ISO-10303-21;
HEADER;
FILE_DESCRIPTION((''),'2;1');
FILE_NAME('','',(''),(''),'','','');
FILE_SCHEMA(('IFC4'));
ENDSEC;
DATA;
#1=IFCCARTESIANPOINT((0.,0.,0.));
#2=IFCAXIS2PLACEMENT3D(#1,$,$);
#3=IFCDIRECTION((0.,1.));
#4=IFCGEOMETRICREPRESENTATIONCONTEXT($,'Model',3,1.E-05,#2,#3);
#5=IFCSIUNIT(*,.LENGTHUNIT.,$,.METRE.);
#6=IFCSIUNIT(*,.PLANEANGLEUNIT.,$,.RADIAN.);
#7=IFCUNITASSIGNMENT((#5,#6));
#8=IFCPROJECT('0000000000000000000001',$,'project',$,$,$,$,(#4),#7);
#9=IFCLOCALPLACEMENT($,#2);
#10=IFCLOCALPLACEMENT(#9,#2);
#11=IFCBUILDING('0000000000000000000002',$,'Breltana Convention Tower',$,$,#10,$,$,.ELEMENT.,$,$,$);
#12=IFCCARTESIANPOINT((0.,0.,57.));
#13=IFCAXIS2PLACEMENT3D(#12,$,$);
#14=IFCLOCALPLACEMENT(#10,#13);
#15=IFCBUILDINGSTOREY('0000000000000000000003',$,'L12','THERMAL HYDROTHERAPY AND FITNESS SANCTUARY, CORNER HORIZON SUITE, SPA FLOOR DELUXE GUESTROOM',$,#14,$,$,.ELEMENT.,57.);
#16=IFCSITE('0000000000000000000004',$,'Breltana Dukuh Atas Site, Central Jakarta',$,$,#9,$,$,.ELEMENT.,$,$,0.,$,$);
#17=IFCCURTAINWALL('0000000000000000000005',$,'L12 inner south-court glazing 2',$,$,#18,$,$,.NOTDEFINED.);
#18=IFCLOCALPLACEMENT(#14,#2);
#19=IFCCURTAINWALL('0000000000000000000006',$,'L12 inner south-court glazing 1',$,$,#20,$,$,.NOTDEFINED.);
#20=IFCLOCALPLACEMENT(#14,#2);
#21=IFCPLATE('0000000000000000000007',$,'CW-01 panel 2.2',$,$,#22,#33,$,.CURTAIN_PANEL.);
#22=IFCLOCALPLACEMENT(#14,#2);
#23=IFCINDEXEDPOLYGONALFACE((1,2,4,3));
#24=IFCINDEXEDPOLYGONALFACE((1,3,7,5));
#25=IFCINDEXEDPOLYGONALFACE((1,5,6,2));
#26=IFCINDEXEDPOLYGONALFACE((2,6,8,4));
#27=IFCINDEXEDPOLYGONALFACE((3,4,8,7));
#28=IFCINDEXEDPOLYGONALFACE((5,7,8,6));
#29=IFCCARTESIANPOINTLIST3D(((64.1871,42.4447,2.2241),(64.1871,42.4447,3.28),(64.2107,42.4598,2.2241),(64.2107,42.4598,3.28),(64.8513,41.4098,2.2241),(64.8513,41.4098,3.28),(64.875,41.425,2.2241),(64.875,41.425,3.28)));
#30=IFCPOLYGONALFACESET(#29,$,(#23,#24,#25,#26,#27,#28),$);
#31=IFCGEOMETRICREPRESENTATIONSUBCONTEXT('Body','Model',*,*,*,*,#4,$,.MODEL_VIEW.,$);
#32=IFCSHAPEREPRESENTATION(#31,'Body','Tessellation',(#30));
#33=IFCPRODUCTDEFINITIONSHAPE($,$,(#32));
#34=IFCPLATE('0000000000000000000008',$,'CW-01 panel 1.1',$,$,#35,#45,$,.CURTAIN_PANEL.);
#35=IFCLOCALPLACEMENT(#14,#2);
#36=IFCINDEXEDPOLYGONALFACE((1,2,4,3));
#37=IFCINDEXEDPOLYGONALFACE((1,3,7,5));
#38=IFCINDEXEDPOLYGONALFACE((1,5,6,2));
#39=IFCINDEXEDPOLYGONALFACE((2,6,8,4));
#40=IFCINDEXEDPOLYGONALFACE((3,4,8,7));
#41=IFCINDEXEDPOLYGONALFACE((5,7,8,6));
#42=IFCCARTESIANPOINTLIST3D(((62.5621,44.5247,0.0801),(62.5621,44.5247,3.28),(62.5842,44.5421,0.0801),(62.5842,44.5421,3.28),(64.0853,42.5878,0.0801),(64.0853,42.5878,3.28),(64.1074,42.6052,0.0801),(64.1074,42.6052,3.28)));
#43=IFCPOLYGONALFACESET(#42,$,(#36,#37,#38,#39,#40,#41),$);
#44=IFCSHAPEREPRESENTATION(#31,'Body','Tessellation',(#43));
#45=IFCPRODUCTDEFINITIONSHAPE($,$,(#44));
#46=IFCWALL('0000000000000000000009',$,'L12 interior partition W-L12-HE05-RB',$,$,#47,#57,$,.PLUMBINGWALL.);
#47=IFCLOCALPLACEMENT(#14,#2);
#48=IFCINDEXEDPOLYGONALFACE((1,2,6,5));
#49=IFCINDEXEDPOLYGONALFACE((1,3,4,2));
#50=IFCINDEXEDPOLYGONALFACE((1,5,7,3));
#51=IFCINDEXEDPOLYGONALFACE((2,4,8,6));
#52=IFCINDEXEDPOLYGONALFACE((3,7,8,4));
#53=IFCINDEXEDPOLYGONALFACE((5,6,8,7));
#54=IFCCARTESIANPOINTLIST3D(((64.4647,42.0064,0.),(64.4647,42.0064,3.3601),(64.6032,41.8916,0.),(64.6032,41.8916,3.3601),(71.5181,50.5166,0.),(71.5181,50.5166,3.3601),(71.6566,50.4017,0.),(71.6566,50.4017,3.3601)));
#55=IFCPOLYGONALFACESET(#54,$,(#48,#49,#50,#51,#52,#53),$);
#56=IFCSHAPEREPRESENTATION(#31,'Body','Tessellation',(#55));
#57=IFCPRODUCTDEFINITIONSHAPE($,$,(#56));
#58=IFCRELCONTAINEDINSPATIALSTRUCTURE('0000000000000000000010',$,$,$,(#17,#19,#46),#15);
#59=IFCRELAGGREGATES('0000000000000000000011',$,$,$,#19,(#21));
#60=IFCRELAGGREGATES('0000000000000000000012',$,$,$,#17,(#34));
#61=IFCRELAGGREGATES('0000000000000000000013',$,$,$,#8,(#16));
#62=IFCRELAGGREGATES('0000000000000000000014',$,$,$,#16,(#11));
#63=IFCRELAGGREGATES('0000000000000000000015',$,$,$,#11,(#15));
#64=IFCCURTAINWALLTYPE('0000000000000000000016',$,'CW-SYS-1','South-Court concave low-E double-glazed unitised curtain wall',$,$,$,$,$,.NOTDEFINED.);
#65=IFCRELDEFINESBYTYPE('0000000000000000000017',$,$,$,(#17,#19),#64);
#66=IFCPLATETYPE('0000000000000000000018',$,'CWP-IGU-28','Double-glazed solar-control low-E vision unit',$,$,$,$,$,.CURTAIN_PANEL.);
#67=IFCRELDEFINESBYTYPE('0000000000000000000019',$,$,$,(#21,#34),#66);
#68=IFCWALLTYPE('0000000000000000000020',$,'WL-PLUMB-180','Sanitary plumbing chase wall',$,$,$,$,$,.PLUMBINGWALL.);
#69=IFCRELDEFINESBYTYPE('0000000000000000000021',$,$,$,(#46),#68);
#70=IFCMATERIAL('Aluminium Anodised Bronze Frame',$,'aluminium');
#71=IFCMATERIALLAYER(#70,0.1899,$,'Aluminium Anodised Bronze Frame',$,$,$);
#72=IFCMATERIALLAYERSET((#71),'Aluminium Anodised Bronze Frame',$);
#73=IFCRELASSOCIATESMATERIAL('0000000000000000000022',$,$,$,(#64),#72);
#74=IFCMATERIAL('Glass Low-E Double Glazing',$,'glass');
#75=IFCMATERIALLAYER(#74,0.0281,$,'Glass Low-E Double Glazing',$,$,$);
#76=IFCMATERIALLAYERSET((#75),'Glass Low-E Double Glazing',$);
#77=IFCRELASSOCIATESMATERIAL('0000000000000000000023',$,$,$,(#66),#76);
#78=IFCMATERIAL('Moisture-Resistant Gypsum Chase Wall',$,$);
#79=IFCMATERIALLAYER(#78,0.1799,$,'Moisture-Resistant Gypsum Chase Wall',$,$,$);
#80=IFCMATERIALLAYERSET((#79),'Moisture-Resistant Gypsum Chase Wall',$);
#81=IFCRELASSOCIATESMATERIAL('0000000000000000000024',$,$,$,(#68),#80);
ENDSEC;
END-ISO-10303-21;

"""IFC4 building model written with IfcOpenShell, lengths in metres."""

from ifc_helpers import new_model, si_unit, direction, frame, frame_2d, origin, origin_2d, place, context, subcontext, project, spatial, rectangle, extrude, source, transform, mapped, material, layer, layer_set, type_object, element, aggregate, save


model = new_model("IFC4")

# Units and contexts
model_context = context("Model", 3, precision=1e-05, world=origin(), true_north=direction((0.0, 1.0)))
body_context = subcontext(model_context, "Body", "Model", "MODEL_VIEW")
ifc_project = project(units=[si_unit("LENGTHUNIT", "METRE"), si_unit("PLANEANGLEUNIT", "RADIAN")], contexts=[model_context])

# Site, building, storey
site_placement = place(None, origin())
site = spatial("IfcSite", under=ifc_project, at=site_placement, Name="Breltana Dukuh Atas Site, Central Jakarta", CompositionType="ELEMENT", RefElevation=0.0)
building_placement = place(site_placement, origin())
building = spatial("IfcBuilding", under=site, at=building_placement, Name="Breltana Convention Tower", CompositionType="ELEMENT")
storey_placement = place(building_placement, frame((0.0, 0.0, 57.0)))
storey = spatial("IfcBuildingStorey", under=building, at=storey_placement, Name="L12", Description="THERMAL HYDROTHERAPY AND FITNESS SANCTUARY, CORNER HORIZON SUITE, SPA FLOOR DELUXE GUESTROOM", CompositionType="ELEMENT", Elevation=57.0)

# Curtain walls
ifc_material_1 = material(Name="Aluminium Anodised Bronze Frame", Category="aluminium")
ifc_layer_1 = layer(ifc_material_1, 0.1899, Name="Aluminium Anodised Bronze Frame")
ifc_layer_set_1 = layer_set([ifc_layer_1], Name="Aluminium Anodised Bronze Frame")
curtain_wall_type = type_object("IfcCurtainWallType", Name="CW-SYS-1", Description="South-Court concave low-E double-glazed unitised curtain wall", PredefinedType="NOTDEFINED", material=ifc_layer_set_1)
curtain_wall_1_placement = place(storey_placement, origin())
curtain_wall_1 = element("IfcCurtainWall", 1, at=curtain_wall_1_placement, inside=storey, type_object=curtain_wall_type, Name="L12 inner south-court glazing 2", PredefinedType="NOTDEFINED")
curtain_wall_2_placement = place(storey_placement, origin())
curtain_wall_2 = element("IfcCurtainWall", 2, at=curtain_wall_2_placement, inside=storey, type_object=curtain_wall_type, Name="L12 inner south-court glazing 1", PredefinedType="NOTDEFINED")

# Plates
ifc_material_2 = material(Name="Glass Low-E Double Glazing", Category="glass")
ifc_layer_2 = layer(ifc_material_2, 0.0281, Name="Glass Low-E Double Glazing")
ifc_layer_set_2 = layer_set([ifc_layer_2], Name="Glass Low-E Double Glazing")
plate_type = type_object("IfcPlateType", Name="CWP-IGU-28", Description="Double-glazed solar-control low-E vision unit", PredefinedType="CURTAIN_PANEL", material=ifc_layer_set_2)
shared_shape_1 = source(origin(), body_context, "Body", "SweptSolid", [
    extrude(rectangle(XDim=1.2297, YDim=0.0281, at=origin_2d()), origin(), (0.0, 0.0, 1.0), 1.0559),
])
plate_1_placement = place(storey_placement, frame((64.531, 41.9348, 2.2241), z_axis=(0.0, 0.0, 1.0), x_axis=(-0.54017, 0.841556, 0.0)))
plate_1 = element("IfcPlate", 3, at=plate_1_placement, type_object=plate_type, Name="CW-01 panel 2.2", PredefinedType="CURTAIN_PANEL", context=body_context, shape_type="MappedRepresentation", body=[
    mapped(shared_shape_1, transform((0.0, 0.0, 0.0), scale=1.0)),
])
aggregate(curtain_wall_2, [plate_1])
shared_shape_2 = source(origin(), body_context, "Body", "SweptSolid", [
    extrude(rectangle(XDim=2.4641, YDim=0.0281, at=origin_2d()), origin(), (0.0, 0.0, 1.0), 3.2),
])
plate_2_placement = place(storey_placement, frame((63.3347, 43.5649, 0.0801), z_axis=(0.0, 0.0, 1.0), x_axis=(-0.618153, 0.786058, 0.0)))
plate_2 = element("IfcPlate", 4, at=plate_2_placement, type_object=plate_type, Name="CW-01 panel 1.1", PredefinedType="CURTAIN_PANEL", context=body_context, shape_type="MappedRepresentation", body=[
    mapped(shared_shape_2, transform((0.0, 0.0, 0.0), scale=1.0)),
])
aggregate(curtain_wall_1, [plate_2])

# Wall
ifc_material_3 = material(Name="Moisture-Resistant Gypsum Chase Wall")
ifc_layer_3 = layer(ifc_material_3, 0.1799, Name="Moisture-Resistant Gypsum Chase Wall")
ifc_layer_set_3 = layer_set([ifc_layer_3], Name="Moisture-Resistant Gypsum Chase Wall")
wall_type = type_object("IfcWallType", Name="WL-PLUMB-180", Description="Sanitary plumbing chase wall", PredefinedType="PLUMBINGWALL", material=ifc_layer_set_3)
shared_shape_3 = source(origin(), body_context, "Body", "SweptSolid", [
    extrude(rectangle(XDim=11.0532, YDim=0.1799, at=frame_2d((5.5266, 0.0))), origin(), (0.0, 0.0, 1.0), 3.3601),
])
wall_placement = place(storey_placement, frame((64.5339, 41.949, 0.0), z_axis=(0.0, 0.0, 1.0), x_axis=(0.638131, 0.769928, 0.0)))
element("IfcWall", 5, at=wall_placement, inside=storey, type_object=wall_type, Name="L12 interior partition W-L12-HE05-RB", PredefinedType="PLUMBINGWALL", context=body_context, shape_type="MappedRepresentation", body=[
    mapped(shared_shape_3, transform((0.0, 0.0, 0.0), scale=1.0)),
])

save(model, "model.ifc")
